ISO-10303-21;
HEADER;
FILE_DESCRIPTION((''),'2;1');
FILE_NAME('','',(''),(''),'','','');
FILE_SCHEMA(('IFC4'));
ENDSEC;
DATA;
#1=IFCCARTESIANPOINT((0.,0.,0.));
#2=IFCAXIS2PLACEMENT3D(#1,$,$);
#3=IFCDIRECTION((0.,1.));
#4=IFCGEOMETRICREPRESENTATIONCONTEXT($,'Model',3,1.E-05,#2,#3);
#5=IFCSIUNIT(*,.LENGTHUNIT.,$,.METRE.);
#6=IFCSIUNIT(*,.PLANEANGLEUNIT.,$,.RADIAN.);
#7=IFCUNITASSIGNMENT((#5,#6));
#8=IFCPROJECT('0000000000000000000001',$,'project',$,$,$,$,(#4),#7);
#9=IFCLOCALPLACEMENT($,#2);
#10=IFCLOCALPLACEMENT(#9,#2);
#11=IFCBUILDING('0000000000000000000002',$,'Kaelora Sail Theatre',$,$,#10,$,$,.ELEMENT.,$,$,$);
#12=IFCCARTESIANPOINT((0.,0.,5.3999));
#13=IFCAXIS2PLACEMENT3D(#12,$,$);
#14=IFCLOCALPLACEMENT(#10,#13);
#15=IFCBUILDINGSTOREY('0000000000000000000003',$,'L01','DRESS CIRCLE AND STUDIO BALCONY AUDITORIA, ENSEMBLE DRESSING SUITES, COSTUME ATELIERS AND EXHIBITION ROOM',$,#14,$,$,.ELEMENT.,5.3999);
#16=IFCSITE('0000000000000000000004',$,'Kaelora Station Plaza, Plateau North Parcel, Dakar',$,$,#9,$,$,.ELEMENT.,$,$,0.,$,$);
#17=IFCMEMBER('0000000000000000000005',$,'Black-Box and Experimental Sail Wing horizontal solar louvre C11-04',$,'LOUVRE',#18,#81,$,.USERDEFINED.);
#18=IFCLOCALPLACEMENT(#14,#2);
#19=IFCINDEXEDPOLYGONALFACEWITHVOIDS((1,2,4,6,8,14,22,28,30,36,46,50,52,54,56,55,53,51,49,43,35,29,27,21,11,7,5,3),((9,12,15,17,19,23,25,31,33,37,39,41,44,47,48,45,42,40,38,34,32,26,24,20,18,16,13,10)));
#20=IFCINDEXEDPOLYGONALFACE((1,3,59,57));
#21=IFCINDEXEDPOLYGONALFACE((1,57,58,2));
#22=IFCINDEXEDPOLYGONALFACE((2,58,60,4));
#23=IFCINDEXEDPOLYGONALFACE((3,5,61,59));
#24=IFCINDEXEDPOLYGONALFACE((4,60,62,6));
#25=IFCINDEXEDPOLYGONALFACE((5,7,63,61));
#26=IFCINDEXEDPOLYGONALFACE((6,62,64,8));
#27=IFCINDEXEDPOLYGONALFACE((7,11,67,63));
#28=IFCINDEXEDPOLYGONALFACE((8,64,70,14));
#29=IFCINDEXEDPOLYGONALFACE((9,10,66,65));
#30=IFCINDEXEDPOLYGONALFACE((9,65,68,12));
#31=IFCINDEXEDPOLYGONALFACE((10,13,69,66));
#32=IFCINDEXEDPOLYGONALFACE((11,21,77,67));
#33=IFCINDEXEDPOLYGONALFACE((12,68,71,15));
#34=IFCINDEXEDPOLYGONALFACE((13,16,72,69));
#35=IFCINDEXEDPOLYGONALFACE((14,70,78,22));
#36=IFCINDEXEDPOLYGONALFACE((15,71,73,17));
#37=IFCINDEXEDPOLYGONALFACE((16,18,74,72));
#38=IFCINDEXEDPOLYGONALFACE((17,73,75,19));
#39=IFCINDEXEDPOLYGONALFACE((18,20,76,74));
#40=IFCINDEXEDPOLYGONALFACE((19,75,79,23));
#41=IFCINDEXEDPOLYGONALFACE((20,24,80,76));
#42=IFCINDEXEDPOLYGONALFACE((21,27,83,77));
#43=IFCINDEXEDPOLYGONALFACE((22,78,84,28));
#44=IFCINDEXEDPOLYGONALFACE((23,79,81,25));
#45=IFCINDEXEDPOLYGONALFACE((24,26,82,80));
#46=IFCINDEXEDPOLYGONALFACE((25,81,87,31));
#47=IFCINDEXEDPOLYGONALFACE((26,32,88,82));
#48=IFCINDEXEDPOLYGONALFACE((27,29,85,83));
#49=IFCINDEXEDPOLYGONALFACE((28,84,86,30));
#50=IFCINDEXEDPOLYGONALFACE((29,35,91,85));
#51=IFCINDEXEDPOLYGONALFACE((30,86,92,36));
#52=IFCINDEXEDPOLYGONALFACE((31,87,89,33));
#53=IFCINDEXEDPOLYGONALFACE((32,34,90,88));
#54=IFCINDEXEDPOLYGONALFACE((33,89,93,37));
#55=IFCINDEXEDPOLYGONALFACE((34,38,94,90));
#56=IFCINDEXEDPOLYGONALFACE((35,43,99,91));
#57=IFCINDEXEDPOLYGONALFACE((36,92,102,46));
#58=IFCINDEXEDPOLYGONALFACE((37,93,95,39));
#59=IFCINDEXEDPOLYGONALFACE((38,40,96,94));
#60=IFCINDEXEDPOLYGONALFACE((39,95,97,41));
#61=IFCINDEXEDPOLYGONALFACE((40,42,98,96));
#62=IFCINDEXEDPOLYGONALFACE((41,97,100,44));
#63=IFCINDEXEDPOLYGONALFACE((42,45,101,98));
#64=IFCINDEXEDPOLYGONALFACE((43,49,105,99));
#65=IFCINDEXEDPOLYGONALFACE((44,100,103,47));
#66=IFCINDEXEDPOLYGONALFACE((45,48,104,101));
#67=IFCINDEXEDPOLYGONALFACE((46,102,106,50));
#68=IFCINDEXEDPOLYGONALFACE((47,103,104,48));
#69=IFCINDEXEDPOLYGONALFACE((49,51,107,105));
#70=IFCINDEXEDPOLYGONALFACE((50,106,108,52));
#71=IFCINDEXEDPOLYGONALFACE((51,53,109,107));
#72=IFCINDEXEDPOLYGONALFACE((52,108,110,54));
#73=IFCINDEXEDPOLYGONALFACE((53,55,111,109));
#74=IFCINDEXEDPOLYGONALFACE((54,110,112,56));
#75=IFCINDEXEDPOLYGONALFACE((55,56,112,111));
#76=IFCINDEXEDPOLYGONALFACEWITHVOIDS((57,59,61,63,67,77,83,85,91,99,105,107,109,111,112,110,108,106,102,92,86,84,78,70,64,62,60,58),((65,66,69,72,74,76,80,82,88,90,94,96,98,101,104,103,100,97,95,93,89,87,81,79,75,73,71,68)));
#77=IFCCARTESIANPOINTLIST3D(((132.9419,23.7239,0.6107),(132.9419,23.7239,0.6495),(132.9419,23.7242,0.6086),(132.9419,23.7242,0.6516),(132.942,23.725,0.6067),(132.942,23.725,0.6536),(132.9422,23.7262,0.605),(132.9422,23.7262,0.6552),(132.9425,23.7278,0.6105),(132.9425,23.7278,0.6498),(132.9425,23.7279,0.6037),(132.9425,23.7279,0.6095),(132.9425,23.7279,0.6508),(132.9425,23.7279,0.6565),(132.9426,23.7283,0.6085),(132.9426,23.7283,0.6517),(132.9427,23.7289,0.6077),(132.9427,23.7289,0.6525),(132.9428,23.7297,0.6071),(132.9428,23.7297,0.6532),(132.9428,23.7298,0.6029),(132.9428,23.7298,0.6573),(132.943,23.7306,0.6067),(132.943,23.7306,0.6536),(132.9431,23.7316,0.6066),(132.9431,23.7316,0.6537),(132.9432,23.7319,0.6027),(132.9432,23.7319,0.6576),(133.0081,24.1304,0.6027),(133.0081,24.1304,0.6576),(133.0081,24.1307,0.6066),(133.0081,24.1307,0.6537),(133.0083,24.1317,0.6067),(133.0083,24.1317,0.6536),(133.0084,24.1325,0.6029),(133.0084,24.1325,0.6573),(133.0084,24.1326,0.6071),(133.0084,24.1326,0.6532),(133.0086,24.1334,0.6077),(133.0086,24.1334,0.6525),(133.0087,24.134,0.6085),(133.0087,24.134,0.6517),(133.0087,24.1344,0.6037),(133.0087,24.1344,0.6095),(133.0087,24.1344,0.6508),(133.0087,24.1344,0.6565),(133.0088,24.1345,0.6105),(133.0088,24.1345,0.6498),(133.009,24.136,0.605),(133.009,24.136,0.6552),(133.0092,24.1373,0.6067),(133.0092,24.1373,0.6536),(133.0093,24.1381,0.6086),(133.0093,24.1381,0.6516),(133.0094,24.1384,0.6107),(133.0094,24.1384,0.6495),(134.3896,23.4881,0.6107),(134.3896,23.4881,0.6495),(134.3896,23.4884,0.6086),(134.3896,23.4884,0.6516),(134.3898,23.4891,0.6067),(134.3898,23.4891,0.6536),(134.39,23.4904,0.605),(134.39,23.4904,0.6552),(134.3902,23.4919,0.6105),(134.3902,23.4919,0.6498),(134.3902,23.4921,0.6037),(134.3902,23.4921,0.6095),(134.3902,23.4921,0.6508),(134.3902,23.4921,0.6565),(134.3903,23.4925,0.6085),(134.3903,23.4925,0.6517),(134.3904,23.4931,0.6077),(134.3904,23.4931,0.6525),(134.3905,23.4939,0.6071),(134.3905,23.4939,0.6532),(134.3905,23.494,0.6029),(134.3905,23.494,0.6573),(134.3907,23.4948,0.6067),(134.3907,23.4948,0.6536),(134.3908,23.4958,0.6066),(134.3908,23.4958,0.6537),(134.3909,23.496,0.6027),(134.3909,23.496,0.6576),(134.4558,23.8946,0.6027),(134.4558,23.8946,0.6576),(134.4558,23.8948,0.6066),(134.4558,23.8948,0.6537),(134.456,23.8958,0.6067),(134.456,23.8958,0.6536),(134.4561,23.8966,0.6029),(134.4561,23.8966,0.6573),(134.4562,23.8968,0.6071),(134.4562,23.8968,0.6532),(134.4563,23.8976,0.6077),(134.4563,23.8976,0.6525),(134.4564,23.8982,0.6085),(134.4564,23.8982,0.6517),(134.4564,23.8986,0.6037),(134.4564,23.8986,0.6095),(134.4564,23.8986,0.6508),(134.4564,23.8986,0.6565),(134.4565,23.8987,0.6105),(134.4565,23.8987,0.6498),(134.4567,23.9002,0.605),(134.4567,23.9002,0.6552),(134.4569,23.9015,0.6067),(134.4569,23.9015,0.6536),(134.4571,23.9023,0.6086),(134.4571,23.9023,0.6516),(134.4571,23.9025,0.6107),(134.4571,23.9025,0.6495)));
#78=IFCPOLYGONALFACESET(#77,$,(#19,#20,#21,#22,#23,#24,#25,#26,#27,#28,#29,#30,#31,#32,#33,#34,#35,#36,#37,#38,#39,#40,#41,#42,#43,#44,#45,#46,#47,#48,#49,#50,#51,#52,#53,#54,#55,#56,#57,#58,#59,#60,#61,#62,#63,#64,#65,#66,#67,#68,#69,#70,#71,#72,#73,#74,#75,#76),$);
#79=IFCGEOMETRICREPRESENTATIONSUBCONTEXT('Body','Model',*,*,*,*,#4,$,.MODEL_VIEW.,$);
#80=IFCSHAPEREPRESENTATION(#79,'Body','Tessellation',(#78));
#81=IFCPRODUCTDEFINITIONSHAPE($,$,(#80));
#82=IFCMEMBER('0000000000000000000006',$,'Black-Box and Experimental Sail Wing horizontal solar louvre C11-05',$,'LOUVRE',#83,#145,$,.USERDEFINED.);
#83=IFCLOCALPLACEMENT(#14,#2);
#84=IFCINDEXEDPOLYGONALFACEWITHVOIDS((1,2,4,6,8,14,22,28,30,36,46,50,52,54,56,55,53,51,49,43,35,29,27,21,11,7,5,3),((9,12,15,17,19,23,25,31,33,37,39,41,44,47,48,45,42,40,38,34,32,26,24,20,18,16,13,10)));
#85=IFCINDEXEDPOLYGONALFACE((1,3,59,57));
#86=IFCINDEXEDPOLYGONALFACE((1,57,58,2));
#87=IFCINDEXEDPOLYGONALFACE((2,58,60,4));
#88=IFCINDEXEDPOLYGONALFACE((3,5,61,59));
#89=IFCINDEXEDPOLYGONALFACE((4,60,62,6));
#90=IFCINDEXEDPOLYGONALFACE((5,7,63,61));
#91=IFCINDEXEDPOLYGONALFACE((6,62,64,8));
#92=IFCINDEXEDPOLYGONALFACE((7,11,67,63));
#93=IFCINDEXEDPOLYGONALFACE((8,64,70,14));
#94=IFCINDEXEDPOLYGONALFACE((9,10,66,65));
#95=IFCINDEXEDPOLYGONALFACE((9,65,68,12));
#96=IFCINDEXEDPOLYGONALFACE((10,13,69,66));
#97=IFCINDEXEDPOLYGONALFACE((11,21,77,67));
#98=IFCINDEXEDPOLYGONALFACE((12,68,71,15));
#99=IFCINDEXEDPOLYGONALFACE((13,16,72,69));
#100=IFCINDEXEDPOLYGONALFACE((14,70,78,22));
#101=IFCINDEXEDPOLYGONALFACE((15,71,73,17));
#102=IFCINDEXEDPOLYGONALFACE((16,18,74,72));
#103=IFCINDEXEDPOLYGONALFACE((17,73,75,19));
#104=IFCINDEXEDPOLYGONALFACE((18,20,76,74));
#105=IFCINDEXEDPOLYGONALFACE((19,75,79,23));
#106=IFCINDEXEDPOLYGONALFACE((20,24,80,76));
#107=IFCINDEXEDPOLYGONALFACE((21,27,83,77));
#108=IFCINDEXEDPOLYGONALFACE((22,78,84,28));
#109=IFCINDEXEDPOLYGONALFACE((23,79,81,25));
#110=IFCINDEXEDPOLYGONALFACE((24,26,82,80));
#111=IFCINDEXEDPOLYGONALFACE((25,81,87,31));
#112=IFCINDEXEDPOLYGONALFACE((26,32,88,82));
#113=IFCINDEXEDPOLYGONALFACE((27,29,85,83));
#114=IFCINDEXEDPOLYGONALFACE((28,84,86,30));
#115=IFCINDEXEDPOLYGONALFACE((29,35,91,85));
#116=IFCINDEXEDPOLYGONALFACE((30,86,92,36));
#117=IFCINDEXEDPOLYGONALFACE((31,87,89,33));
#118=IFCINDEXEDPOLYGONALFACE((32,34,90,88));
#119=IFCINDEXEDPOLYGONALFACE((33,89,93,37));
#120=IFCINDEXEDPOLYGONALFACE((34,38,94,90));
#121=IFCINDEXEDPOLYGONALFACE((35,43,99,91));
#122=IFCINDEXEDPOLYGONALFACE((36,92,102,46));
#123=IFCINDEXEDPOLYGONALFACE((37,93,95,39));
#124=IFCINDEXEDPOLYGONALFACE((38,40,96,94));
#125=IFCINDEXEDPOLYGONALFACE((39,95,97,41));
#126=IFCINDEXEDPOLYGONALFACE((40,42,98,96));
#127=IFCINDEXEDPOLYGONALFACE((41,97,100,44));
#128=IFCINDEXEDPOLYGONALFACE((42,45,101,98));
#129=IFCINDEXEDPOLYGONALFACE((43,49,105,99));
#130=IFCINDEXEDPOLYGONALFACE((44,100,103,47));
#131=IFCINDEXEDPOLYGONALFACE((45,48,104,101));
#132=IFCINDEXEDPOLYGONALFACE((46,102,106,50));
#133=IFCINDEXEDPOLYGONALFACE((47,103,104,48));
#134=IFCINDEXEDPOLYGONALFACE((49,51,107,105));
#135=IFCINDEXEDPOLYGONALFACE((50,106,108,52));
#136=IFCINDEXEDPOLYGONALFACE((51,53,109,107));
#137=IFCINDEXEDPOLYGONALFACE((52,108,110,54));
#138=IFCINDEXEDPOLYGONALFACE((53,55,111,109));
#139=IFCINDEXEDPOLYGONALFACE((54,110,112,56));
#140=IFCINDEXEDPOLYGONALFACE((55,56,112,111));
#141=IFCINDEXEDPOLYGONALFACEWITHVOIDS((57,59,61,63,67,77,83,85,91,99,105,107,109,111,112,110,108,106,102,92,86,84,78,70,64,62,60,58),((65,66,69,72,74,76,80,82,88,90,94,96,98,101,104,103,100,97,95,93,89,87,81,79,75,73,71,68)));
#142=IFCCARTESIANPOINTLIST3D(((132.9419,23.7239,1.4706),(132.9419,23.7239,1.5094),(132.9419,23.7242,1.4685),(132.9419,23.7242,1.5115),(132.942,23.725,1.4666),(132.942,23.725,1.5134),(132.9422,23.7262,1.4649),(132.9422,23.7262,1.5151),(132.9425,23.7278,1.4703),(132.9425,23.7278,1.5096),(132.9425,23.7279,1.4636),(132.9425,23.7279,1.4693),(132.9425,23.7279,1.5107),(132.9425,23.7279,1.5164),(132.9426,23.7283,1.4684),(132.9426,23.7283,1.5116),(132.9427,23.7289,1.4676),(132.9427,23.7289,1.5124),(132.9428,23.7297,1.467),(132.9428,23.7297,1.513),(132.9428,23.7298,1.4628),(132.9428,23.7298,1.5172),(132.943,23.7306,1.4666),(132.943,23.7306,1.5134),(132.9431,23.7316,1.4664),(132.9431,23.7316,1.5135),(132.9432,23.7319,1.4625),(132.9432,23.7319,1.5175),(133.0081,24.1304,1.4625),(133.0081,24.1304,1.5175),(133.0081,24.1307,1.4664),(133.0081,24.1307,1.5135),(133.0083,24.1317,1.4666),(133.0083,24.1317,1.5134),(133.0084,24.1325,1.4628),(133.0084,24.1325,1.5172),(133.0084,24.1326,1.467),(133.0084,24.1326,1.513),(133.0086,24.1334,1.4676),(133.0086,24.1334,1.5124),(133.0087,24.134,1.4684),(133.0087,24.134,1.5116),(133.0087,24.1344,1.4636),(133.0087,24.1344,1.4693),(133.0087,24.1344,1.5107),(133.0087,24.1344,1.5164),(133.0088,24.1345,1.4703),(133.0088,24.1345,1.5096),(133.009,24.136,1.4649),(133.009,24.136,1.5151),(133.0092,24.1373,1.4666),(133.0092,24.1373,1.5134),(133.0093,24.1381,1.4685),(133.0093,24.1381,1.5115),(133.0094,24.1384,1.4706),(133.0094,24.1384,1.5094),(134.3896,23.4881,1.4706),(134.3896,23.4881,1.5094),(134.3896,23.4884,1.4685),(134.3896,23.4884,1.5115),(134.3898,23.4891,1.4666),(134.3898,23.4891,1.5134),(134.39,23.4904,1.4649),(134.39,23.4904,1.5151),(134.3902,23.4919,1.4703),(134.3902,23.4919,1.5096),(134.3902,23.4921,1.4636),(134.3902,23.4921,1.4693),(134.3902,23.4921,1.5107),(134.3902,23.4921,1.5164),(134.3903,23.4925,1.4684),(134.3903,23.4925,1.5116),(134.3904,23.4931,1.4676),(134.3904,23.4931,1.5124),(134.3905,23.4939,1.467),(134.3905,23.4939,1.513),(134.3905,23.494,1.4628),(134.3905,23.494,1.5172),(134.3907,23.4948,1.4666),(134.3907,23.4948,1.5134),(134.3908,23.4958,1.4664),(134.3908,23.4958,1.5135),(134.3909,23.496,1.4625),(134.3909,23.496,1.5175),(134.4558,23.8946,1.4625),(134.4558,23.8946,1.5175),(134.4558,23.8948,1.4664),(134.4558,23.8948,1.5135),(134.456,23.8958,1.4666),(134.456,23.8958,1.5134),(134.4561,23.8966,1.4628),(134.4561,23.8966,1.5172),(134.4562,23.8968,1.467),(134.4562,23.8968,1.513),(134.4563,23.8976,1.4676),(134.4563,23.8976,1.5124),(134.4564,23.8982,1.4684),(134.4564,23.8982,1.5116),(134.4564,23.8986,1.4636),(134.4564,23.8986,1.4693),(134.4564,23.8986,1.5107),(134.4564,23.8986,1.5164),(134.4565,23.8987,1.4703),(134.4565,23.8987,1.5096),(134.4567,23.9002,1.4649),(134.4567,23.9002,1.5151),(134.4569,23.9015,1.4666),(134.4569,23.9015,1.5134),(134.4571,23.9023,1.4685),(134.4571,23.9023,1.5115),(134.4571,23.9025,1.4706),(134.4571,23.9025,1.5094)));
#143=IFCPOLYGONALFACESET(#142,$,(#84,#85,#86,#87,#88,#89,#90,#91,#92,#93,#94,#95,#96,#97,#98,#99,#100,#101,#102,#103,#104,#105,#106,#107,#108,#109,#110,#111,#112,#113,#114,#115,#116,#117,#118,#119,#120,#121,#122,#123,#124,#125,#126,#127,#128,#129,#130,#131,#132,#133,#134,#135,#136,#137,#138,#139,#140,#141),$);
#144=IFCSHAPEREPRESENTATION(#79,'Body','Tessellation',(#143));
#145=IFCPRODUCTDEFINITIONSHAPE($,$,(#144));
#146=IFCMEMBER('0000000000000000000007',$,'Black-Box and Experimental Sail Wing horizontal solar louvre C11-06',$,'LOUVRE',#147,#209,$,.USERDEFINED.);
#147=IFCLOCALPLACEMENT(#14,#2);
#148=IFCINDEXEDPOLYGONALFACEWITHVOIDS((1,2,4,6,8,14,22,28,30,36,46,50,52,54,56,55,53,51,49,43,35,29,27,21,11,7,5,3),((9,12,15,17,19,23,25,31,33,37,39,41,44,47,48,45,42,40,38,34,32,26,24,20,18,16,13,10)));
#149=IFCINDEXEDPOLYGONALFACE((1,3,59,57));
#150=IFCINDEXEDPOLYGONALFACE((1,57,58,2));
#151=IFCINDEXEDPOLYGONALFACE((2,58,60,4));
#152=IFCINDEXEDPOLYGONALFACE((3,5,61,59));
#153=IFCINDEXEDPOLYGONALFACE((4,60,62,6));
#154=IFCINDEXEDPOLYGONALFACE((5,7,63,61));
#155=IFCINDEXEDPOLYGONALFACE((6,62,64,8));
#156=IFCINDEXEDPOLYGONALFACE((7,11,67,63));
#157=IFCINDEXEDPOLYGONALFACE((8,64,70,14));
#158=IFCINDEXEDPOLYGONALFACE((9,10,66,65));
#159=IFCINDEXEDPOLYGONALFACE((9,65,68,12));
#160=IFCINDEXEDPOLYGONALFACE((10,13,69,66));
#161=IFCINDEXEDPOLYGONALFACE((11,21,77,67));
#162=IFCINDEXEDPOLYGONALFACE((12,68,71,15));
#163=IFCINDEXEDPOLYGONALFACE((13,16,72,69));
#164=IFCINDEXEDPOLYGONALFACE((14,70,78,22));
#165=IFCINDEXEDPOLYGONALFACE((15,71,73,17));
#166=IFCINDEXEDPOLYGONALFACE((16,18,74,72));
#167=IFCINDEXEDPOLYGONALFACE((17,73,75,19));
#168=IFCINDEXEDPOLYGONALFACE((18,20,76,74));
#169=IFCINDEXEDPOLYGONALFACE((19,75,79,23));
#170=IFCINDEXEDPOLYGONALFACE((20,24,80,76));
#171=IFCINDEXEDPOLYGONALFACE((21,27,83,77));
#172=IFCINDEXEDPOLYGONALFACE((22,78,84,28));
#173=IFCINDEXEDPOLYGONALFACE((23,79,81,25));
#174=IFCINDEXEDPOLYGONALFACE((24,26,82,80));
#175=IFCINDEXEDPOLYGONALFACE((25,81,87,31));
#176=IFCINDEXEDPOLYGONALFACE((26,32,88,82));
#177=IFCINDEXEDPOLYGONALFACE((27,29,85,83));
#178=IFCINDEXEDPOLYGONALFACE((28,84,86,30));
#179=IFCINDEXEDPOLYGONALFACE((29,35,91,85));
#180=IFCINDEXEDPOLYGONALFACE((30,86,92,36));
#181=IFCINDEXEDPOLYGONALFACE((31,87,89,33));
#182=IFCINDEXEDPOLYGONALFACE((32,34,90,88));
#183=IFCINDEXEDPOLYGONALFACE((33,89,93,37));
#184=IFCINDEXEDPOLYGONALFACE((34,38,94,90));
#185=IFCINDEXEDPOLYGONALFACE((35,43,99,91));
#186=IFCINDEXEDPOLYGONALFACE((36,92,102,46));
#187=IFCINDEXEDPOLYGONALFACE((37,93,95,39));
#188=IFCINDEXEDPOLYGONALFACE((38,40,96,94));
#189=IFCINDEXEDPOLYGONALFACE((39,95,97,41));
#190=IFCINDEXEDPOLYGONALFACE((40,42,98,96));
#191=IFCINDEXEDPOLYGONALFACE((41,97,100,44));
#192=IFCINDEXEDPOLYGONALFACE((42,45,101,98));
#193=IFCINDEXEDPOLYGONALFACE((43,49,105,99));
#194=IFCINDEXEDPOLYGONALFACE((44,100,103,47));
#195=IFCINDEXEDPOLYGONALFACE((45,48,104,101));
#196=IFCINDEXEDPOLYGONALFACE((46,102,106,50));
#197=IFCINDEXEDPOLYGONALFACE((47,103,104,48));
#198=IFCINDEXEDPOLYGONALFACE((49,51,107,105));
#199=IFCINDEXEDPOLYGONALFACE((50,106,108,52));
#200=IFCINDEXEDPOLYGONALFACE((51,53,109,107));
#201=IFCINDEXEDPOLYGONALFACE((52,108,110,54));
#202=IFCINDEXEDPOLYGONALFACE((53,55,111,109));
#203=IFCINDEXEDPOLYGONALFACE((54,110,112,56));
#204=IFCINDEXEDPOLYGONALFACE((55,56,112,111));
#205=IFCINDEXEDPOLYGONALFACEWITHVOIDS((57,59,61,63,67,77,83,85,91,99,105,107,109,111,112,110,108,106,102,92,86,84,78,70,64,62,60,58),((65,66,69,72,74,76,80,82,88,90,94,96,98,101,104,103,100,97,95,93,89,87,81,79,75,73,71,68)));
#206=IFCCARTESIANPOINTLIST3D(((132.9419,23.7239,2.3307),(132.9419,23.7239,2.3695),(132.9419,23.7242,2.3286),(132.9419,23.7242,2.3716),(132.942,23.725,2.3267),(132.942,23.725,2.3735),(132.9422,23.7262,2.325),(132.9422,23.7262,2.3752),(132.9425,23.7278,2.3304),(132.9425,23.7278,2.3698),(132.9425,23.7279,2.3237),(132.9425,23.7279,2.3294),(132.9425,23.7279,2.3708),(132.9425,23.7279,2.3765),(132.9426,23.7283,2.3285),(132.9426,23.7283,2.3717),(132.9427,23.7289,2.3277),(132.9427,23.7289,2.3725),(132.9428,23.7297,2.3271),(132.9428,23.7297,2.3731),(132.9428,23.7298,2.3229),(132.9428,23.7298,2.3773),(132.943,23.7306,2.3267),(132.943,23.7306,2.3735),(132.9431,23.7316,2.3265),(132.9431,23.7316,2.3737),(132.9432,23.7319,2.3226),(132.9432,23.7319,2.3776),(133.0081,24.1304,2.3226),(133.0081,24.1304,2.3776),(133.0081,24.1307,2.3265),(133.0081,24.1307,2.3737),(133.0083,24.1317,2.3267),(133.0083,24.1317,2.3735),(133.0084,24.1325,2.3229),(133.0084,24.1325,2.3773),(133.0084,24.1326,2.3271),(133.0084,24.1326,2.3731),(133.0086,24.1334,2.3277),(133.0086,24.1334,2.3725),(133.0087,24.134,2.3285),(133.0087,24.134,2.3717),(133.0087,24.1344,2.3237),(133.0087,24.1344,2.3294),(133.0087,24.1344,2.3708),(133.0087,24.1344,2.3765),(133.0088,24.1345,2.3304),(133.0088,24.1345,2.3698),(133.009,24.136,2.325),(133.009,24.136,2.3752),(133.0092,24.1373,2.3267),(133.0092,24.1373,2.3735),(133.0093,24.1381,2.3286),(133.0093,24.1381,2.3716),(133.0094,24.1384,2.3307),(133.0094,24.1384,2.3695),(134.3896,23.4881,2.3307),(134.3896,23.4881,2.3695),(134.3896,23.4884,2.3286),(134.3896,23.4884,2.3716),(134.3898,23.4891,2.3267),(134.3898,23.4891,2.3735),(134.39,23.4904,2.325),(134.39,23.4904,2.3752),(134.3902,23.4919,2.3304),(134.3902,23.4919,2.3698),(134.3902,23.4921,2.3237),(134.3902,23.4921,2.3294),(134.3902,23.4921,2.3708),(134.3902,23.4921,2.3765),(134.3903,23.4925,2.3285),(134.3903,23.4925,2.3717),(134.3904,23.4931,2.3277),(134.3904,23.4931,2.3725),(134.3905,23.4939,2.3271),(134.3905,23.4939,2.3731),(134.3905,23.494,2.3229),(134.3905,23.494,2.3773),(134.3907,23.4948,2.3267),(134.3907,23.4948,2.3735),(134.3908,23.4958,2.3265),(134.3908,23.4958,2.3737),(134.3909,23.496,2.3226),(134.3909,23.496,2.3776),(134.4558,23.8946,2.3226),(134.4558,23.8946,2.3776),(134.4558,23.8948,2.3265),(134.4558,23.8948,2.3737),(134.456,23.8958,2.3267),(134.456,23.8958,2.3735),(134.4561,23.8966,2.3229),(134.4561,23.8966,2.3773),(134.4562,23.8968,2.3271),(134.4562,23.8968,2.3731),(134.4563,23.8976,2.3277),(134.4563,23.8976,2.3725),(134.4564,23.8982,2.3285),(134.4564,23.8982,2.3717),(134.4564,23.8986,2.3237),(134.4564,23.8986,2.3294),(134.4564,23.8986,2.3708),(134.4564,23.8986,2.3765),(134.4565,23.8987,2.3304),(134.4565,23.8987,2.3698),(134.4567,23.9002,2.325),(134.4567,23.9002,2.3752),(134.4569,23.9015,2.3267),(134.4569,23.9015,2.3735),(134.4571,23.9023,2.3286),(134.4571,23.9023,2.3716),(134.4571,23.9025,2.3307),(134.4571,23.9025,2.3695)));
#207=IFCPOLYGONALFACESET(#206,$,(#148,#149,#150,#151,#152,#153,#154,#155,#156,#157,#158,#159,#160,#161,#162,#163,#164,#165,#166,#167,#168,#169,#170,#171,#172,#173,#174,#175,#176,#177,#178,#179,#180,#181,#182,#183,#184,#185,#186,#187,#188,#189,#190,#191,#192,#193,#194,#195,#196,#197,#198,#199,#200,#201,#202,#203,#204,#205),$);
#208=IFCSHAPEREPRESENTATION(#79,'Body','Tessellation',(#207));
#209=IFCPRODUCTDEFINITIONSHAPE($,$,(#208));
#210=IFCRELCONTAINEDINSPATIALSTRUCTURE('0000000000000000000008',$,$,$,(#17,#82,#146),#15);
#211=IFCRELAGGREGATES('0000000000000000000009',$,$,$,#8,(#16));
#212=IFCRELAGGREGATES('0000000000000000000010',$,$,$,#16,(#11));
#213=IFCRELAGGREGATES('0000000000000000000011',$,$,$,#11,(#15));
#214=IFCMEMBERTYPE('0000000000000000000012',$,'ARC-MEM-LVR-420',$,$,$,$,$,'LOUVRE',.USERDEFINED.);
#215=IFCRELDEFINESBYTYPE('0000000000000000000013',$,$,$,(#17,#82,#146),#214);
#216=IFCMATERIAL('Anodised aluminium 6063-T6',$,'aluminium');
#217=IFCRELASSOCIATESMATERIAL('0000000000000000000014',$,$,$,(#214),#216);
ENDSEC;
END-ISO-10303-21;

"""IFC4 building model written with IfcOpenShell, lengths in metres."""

from ifc_helpers import new_model, si_unit, direction, frame, origin, origin_2d, place, context, subcontext, project, spatial, hollow_rectangle, extrude, material, material_profile, profile_set, type_object, element, save


model = new_model("IFC4")

# Units and contexts
model_context = context("Model", 3, precision=1e-05, world=origin(), true_north=direction((0.0, 1.0)))
body_context = subcontext(model_context, "Body", "Model", "MODEL_VIEW")
ifc_project = project(units=[si_unit("LENGTHUNIT", "METRE"), si_unit("PLANEANGLEUNIT", "RADIAN")], contexts=[model_context])

# Site, building, storey
site_placement = place(None, origin())
site = spatial("IfcSite", under=ifc_project, at=site_placement, Name="Kaelora Station Plaza, Plateau North Parcel, Dakar", CompositionType="ELEMENT", RefElevation=0.0)
building_placement = place(site_placement, origin())
building = spatial("IfcBuilding", under=site, at=building_placement, Name="Kaelora Sail Theatre", CompositionType="ELEMENT")
storey_placement = place(building_placement, frame((0.0, 0.0, 5.3999)))
storey = spatial("IfcBuildingStorey", under=building, at=storey_placement, Name="L01", Description="DRESS CIRCLE AND STUDIO BALCONY AUDITORIA, ENSEMBLE DRESSING SUITES, COSTUME ATELIERS AND EXHIBITION ROOM", CompositionType="ELEMENT", Elevation=5.3999)

# Members
ifc_material_1 = material(Name="Anodised aluminium 6063-T6", Category="aluminium")
ifc_material_profile_1 = material_profile(ifc_material_1, hollow_rectangle(XDim=0.4199, YDim=0.0549, WallThickness=0.0039, InnerFilletRadius=0.0039, OuterFilletRadius=0.0081, at=origin_2d()), Name="LOUVRE 420x55x4")
ifc_profile_set_1 = profile_set([ifc_material_profile_1], Name="Anodised aluminium 6063-T6")
member_type = type_object("IfcMemberType", Name="ARC-MEM-LVR-420", ElementType="LOUVRE", PredefinedType="USERDEFINED", material=ifc_profile_set_1)
for number, where, z_axis, x_axis, name in (
    (1, (134.4233, 23.6953, 0.6301), (-0.98699, 0.160781, 0.0), (-0.160781, -0.98699, 0.0), "Black-Box and Experimental Sail Wing horizontal solar louvre C11-04"),
    (2, (134.4233, 23.6953, 1.49), (-0.98699, 0.160781, 0.0), (-0.160781, -0.98699, 0.0), "Black-Box and Experimental Sail Wing horizontal solar louvre C11-05"),
    (3, (134.4233, 23.6953, 2.3501), (-0.98699, 0.160781, 0.0), (-0.160781, -0.98699, 0.0), "Black-Box and Experimental Sail Wing horizontal solar louvre C11-06"),
):
    element("IfcMember", number, at=place(storey_placement, frame(where, z_axis=z_axis, x_axis=x_axis)), inside=storey, type_object=member_type, Name=name, ObjectType="LOUVRE", PredefinedType="USERDEFINED", context=body_context, shape_type="SweptSolid", body=[
        extrude(hollow_rectangle(XDim=0.4199, YDim=0.0549, WallThickness=0.0039, InnerFilletRadius=0.0039, OuterFilletRadius=0.0081, at=origin_2d()), origin(), (0.0, 0.0, 1.0), 1.4668),
    ])

save(model, "model.ifc")
